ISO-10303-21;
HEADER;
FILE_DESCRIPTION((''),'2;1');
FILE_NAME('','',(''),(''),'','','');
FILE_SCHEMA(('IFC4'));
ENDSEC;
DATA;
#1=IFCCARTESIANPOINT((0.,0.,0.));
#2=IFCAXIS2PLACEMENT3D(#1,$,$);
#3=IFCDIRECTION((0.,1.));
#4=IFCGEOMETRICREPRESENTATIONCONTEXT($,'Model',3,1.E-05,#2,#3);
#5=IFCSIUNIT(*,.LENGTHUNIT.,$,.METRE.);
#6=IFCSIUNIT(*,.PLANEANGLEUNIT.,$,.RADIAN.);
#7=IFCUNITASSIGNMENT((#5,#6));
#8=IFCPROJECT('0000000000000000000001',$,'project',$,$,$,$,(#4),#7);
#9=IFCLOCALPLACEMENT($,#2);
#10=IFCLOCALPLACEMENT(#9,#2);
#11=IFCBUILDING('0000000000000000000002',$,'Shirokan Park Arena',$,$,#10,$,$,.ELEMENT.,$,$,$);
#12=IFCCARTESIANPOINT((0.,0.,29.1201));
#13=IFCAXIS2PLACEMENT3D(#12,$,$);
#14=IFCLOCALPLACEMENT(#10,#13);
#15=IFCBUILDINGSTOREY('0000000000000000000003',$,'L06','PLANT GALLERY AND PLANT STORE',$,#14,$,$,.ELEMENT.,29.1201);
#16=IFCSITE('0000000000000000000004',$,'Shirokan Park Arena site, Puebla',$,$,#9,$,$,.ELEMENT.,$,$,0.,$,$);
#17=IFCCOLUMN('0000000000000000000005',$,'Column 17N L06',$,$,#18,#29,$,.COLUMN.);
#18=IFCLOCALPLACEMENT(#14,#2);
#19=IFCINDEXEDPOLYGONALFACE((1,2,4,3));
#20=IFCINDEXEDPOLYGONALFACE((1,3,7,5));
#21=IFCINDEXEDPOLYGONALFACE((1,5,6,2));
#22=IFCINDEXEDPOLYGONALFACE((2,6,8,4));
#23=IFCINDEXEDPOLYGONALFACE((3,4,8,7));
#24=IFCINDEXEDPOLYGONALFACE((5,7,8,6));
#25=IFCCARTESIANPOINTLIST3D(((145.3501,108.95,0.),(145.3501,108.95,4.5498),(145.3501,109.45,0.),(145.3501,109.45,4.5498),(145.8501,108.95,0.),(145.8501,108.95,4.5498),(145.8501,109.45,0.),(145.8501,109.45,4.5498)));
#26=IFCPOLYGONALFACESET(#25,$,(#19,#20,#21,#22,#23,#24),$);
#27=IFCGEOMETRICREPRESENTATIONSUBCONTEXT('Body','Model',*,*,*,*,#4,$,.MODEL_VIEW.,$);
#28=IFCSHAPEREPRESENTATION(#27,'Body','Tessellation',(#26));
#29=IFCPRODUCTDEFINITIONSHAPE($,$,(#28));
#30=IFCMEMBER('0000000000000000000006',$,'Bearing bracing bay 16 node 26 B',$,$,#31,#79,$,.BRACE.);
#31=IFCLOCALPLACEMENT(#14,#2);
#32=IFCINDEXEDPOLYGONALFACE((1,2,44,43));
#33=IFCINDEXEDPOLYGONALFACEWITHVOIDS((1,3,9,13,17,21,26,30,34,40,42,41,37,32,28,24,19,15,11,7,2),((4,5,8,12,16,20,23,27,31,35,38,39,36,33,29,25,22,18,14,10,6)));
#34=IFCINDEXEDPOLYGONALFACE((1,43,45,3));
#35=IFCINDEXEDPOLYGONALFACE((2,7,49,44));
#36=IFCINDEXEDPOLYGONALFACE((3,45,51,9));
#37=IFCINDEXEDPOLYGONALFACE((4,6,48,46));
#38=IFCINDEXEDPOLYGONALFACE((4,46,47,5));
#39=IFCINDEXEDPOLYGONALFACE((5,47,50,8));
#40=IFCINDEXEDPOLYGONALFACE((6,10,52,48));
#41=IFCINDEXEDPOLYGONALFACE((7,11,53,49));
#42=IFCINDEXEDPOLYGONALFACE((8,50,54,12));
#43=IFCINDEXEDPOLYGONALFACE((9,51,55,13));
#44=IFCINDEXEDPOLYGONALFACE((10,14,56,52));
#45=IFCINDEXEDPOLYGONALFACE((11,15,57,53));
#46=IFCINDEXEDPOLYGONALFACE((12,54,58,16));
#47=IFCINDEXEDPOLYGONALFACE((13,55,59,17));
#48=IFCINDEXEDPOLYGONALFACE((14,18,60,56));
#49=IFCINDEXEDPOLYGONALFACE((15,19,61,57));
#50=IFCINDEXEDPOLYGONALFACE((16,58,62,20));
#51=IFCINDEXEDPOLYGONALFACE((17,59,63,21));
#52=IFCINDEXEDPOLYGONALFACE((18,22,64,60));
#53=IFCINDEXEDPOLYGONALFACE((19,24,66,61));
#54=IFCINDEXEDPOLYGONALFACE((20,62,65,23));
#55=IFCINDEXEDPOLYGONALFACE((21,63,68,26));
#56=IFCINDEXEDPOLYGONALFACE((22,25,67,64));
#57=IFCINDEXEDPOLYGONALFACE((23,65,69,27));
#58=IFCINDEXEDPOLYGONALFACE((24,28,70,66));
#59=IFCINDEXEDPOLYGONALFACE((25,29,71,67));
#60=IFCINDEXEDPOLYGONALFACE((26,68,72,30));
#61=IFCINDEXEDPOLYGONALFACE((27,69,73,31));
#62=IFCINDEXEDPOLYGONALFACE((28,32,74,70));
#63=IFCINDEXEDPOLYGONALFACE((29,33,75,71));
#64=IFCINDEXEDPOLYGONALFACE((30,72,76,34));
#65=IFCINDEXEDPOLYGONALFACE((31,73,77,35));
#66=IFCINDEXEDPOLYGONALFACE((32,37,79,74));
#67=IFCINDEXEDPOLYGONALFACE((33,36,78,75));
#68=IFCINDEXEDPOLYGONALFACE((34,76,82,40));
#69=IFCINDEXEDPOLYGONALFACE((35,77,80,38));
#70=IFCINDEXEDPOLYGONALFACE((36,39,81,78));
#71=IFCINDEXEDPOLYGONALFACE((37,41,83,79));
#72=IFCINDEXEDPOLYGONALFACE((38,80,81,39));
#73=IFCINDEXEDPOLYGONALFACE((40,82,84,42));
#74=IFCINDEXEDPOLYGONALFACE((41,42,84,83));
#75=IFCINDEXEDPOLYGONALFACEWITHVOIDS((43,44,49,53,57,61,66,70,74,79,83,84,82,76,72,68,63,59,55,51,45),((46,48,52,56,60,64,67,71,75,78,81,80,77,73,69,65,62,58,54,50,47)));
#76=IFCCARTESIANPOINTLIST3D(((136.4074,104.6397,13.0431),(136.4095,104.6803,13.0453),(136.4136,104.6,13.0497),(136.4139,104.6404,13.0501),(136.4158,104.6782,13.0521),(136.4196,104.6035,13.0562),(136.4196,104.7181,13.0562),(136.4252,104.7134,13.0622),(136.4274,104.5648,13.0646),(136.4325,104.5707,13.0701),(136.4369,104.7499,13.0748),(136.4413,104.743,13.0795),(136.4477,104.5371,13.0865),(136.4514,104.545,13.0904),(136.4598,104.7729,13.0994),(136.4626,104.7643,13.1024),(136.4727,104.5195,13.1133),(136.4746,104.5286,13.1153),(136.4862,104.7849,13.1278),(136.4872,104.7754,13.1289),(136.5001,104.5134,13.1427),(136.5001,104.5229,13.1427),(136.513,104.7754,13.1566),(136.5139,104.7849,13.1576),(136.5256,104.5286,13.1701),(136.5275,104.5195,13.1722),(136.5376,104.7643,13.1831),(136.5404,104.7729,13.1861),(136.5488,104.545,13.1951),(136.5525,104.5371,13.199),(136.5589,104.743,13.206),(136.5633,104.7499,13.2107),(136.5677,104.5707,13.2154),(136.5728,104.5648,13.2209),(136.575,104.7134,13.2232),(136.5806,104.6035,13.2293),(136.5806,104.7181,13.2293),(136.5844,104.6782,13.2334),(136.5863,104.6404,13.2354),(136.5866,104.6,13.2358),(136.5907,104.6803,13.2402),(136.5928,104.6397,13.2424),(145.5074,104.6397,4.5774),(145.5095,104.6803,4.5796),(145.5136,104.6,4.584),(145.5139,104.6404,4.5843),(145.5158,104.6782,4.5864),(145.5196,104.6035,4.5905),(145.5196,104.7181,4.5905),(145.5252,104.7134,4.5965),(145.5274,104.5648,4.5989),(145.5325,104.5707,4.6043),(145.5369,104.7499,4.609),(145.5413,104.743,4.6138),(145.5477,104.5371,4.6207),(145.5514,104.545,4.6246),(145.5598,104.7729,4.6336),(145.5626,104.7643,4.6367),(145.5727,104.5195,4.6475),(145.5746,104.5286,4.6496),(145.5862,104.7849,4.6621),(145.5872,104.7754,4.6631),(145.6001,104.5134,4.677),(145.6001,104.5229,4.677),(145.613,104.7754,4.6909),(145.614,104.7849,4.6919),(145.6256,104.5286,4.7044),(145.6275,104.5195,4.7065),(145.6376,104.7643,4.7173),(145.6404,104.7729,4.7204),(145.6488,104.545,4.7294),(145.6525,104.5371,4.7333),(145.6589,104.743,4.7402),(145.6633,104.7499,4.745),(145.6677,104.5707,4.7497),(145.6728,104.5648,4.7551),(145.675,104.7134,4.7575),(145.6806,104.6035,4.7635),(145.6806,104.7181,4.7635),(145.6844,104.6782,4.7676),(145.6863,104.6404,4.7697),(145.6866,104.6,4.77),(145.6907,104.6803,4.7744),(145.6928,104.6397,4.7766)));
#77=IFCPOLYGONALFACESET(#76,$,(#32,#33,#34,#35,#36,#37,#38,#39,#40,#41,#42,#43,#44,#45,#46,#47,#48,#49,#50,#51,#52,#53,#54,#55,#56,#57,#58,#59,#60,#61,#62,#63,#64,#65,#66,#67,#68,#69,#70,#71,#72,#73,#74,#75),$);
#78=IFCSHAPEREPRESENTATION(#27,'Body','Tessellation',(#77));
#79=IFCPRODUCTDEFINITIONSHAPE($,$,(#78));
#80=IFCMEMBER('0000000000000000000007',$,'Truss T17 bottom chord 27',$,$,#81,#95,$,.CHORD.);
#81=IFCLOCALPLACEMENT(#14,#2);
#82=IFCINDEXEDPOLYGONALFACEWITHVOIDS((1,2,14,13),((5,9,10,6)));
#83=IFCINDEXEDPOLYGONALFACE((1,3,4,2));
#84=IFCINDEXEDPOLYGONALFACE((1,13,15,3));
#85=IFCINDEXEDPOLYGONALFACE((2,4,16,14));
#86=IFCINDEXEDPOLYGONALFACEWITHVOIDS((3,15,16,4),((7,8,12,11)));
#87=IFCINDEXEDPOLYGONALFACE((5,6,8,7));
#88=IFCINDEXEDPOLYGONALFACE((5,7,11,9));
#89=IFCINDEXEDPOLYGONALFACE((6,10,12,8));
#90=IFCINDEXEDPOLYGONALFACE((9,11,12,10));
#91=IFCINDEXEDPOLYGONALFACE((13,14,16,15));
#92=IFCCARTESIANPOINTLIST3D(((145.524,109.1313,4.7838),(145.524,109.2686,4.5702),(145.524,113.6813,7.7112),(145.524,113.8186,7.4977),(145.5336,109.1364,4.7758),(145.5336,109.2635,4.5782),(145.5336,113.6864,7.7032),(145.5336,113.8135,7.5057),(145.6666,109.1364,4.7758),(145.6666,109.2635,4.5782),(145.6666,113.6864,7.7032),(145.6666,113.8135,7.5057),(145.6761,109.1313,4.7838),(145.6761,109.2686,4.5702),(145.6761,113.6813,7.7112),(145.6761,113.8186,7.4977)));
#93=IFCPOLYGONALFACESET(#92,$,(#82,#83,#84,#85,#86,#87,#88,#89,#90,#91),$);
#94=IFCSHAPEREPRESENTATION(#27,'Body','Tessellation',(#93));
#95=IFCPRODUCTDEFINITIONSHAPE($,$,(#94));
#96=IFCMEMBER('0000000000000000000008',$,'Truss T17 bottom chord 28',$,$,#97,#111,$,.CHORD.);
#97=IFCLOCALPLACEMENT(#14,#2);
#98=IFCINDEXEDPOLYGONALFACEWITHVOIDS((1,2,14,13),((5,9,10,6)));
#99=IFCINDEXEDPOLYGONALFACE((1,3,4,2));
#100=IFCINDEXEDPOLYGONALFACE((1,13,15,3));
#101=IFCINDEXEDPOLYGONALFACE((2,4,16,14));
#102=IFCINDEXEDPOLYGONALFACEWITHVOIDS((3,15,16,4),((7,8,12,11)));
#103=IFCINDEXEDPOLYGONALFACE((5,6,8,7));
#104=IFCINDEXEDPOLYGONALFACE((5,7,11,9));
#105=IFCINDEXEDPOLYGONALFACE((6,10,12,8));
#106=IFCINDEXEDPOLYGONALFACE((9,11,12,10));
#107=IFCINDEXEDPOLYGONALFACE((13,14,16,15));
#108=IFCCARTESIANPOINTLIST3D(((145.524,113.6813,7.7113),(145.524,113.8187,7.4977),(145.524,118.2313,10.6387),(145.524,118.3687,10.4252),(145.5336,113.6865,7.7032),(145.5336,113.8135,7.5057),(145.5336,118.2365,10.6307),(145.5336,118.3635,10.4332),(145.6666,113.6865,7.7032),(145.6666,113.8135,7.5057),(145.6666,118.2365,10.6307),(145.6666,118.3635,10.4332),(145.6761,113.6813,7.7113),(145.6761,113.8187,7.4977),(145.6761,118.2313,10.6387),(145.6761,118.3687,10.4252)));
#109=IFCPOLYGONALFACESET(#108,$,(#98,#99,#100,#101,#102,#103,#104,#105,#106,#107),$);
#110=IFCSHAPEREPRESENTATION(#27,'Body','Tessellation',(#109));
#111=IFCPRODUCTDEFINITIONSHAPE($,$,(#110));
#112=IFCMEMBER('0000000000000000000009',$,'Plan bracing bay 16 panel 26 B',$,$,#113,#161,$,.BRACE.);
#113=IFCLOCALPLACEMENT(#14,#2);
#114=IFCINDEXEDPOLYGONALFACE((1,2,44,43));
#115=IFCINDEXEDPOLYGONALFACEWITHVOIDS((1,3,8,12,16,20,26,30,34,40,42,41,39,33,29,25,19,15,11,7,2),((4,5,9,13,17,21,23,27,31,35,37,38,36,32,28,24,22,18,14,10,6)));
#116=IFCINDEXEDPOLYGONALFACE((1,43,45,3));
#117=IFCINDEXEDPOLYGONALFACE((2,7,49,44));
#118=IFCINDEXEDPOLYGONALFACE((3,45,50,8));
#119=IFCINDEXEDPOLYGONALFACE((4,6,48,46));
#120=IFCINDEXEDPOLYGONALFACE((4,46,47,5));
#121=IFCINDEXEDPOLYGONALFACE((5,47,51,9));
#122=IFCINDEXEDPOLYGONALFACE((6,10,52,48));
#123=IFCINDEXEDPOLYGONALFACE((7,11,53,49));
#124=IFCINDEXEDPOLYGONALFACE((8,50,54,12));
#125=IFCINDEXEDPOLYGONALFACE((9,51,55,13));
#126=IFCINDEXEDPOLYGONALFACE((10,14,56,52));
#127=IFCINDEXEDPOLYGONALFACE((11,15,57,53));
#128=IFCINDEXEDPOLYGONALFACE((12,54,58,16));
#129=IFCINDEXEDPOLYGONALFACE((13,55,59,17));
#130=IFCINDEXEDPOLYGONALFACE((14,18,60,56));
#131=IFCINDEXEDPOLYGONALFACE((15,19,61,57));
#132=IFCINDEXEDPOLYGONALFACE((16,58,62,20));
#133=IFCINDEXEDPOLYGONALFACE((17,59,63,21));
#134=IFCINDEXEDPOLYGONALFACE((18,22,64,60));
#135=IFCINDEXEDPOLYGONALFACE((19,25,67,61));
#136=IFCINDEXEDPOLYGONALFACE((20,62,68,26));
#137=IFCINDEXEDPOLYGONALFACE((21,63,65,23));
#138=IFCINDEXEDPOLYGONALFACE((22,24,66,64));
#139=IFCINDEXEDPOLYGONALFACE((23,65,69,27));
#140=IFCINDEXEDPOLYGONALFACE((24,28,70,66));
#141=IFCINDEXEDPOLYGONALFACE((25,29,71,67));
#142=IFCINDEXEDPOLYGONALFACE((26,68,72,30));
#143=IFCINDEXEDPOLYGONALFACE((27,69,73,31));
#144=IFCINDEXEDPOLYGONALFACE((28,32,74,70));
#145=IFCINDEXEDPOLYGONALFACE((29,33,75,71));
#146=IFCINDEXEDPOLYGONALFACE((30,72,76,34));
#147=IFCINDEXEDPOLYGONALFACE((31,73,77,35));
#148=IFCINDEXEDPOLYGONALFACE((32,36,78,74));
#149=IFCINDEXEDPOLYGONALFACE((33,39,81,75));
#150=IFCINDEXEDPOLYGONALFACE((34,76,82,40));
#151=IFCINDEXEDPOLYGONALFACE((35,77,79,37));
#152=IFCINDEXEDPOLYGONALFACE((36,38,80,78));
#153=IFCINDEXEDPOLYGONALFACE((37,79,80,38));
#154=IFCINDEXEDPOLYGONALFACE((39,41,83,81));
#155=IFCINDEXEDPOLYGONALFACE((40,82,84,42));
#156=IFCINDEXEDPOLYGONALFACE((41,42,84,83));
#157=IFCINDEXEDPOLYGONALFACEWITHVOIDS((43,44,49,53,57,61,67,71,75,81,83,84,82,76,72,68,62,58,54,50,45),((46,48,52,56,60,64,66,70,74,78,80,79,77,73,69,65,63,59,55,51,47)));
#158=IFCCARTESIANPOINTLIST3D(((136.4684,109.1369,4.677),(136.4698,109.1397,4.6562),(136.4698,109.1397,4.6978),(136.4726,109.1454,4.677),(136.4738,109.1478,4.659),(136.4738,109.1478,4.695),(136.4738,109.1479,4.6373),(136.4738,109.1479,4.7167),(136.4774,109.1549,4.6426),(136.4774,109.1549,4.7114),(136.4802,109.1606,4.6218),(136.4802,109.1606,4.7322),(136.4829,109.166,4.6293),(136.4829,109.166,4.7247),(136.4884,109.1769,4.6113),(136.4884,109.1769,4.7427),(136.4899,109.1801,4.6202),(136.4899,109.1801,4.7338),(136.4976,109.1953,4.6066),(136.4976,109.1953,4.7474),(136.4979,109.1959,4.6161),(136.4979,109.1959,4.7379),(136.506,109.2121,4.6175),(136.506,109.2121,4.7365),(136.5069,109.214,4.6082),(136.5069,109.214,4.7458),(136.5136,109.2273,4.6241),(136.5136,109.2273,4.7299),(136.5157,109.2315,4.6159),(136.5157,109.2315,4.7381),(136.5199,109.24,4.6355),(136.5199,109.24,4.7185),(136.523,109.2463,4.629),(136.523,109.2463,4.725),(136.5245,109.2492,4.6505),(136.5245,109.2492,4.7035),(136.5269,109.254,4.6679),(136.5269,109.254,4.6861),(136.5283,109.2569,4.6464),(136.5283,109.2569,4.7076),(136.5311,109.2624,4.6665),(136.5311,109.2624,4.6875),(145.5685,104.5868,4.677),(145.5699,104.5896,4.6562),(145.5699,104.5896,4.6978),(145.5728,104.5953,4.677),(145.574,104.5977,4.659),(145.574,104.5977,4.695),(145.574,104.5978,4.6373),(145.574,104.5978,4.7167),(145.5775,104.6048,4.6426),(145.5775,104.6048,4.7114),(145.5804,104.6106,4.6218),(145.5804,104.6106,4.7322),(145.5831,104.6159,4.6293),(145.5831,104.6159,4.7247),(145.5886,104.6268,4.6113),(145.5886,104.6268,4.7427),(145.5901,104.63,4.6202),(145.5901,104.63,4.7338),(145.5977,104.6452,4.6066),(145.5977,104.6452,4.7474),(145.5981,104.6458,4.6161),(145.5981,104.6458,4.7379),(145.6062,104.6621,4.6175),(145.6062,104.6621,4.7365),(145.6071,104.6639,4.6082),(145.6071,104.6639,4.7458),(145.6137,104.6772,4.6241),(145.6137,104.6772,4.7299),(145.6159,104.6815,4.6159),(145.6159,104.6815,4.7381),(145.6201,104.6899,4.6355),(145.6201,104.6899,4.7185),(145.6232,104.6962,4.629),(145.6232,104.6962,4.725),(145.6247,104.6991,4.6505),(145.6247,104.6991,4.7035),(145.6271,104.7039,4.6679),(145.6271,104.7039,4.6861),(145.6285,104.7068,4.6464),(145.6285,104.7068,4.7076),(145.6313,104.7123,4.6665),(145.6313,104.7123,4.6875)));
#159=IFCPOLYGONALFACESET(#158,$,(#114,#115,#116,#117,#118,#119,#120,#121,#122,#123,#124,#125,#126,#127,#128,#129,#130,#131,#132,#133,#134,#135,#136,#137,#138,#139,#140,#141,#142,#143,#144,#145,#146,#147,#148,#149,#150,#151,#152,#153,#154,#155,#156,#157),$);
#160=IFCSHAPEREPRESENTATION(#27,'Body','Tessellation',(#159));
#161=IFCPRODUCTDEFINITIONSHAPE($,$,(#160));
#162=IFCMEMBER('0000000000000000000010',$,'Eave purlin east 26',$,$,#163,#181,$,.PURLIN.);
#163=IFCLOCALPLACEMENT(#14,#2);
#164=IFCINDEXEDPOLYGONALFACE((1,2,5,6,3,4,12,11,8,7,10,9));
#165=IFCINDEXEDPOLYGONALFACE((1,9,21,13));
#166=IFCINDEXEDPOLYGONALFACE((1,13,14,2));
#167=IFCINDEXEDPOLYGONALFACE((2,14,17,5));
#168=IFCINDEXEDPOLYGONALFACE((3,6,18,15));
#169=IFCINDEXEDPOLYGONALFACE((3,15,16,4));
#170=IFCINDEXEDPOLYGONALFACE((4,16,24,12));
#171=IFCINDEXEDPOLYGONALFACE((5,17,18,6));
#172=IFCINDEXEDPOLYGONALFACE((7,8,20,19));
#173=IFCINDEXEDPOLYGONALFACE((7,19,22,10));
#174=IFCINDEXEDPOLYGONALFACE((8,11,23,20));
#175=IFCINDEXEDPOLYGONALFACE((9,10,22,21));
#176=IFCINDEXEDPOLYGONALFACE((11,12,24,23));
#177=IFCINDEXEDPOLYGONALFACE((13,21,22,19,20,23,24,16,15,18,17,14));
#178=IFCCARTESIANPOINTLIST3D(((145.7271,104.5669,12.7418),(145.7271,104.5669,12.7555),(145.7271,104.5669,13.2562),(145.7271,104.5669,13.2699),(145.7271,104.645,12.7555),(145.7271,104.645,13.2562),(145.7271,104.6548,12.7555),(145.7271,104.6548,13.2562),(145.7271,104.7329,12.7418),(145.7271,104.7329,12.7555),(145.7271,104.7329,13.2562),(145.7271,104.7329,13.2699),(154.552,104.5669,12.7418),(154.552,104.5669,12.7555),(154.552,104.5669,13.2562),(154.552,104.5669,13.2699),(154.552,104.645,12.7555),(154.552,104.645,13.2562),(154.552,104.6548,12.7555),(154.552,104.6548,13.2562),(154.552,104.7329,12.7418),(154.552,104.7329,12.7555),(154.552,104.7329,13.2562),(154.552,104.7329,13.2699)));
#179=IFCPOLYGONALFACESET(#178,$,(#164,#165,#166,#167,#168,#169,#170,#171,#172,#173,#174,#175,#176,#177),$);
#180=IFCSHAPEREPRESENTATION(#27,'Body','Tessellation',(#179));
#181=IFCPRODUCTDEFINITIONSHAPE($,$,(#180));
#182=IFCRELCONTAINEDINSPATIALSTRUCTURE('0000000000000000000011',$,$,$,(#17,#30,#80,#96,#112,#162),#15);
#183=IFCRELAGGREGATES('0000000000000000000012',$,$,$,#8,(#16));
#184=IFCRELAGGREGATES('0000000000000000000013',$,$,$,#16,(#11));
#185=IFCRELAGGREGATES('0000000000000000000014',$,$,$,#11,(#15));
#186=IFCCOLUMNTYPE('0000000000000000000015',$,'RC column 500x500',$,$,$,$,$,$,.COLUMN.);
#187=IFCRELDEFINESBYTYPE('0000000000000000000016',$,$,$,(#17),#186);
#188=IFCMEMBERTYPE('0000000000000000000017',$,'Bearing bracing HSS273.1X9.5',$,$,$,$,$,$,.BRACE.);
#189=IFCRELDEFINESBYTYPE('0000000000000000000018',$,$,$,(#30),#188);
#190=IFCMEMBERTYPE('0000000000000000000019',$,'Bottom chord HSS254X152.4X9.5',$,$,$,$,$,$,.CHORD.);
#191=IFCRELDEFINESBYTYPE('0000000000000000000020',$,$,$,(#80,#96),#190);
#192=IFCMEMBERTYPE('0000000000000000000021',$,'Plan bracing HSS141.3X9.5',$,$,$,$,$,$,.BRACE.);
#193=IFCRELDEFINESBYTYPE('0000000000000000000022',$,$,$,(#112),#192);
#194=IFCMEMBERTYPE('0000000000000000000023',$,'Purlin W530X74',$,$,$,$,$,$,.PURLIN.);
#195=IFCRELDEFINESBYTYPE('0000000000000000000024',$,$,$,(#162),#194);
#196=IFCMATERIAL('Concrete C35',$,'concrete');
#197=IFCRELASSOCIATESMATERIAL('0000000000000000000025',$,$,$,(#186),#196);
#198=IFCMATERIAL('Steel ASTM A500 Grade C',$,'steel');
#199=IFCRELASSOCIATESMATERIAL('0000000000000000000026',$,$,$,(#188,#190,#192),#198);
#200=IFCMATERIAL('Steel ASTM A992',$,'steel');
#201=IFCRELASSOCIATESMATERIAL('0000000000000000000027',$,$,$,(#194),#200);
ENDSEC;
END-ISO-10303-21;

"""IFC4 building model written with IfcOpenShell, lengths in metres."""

from ifc_helpers import new_model, si_unit, direction, frame, origin, origin_2d, place, context, subcontext, project, spatial, rectangle, hollow_rectangle, hollow_circle, i_section, extrude, material, material_profile, profile_set, type_object, element, save


model = new_model("IFC4")

# Units and contexts
model_context = context("Model", 3, precision=1e-05, world=origin(), true_north=direction((0.0, 1.0)))
body_context = subcontext(model_context, "Body", "Model", "MODEL_VIEW")
ifc_project = project(units=[si_unit("LENGTHUNIT", "METRE"), si_unit("PLANEANGLEUNIT", "RADIAN")], contexts=[model_context])

# Site, building, storey
site_placement = place(None, origin())
site = spatial("IfcSite", under=ifc_project, at=site_placement, Name="Shirokan Park Arena site, Puebla", CompositionType="ELEMENT", RefElevation=0.0)
building_placement = place(site_placement, origin())
building = spatial("IfcBuilding", under=site, at=building_placement, Name="Shirokan Park Arena", CompositionType="ELEMENT")
storey_placement = place(building_placement, frame((0.0, 0.0, 29.1201)))
storey = spatial("IfcBuildingStorey", under=building, at=storey_placement, Name="L06", Description="PLANT GALLERY AND PLANT STORE", CompositionType="ELEMENT", Elevation=29.1201)

# Column
ifc_material_1 = material(Name="Concrete C35", Category="concrete")
ifc_material_profile_1 = material_profile(ifc_material_1, rectangle(XDim=0.5, YDim=0.5, at=origin_2d()), Name="500x500")
ifc_profile_set_1 = profile_set([ifc_material_profile_1], Name="Concrete C35")
column_type = type_object("IfcColumnType", Name="RC column 500x500", PredefinedType="COLUMN", material=ifc_profile_set_1)
column_placement = place(storey_placement, frame((145.6001, 109.2, 0.0), z_axis=(0.0, 0.0, 1.0), x_axis=(1.0, 0.0, 0.0)))
element("IfcColumn", 1, at=column_placement, inside=storey, type_object=column_type, Name="Column 17N L06", PredefinedType="COLUMN", context=body_context, shape_type="SweptSolid", body=[
    extrude(rectangle(XDim=0.5, YDim=0.5, at=origin_2d()), origin(), (0.0, 0.0, 1.0), 4.5498),
])

# Members
ifc_material_2 = material(Name="Steel ASTM A500 Grade C", Category="steel")
ifc_material_profile_2 = material_profile(ifc_material_2, hollow_circle(Radius=0.1365, WallThickness=0.0095, at=origin_2d()), Name="HSS273.1X9.5")
ifc_profile_set_2 = profile_set([ifc_material_profile_2], Name="Steel ASTM A500 Grade C")
member_type_1 = type_object("IfcMemberType", Name="Bearing bracing HSS273.1X9.5", PredefinedType="BRACE", material=ifc_profile_set_2)
member_1_placement = place(storey_placement, frame((145.6001, 104.6499, 4.677), z_axis=(-0.732162, 0.0, 0.68113), x_axis=(0.0, -1.0, 0.0)))
element("IfcMember", 2, at=member_1_placement, inside=storey, type_object=member_type_1, Name="Bearing bracing bay 16 node 26 B", PredefinedType="BRACE", context=body_context, shape_type="SweptSolid", body=[
    extrude(hollow_circle(Radius=0.1365, WallThickness=0.0095, at=origin_2d()), origin(), (0.0, 0.0, 1.0), 12.429),
])
ifc_material_profile_3 = material_profile(ifc_material_2, hollow_rectangle(XDim=0.1521, YDim=0.2539, WallThickness=0.0095, at=origin_2d()), Name="HSS254X152.4X9.5")
ifc_profile_set_3 = profile_set([ifc_material_profile_3], Name="Steel ASTM A500 Grade C")
member_type_2 = type_object("IfcMemberType", Name="Bottom chord HSS254X152.4X9.5", PredefinedType="CHORD", material=ifc_profile_set_3)
for number, where, z_axis, x_axis, name in (
    (3, (145.6001, 109.2, 4.677), (0.0, 0.840972, 0.541079), (-1.0, 0.0, 0.0), "Truss T17 bottom chord 27"),
    (4, (145.6001, 113.75, 7.6045), (0.0, 0.840972, 0.541079), (-1.0, 0.0, 0.0), "Truss T17 bottom chord 28"),
):
    element("IfcMember", number, at=place(storey_placement, frame(where, z_axis=z_axis, x_axis=x_axis)), inside=storey, type_object=member_type_2, Name=name, PredefinedType="CHORD", context=body_context, shape_type="SweptSolid", body=[
        extrude(hollow_rectangle(XDim=0.1521, YDim=0.2539, WallThickness=0.0095, at=origin_2d()), origin(), (0.0, 0.0, 1.0), 5.4104),
    ])
ifc_material_profile_4 = material_profile(ifc_material_2, hollow_circle(Radius=0.0706, WallThickness=0.0095, at=origin_2d()), Name="HSS141.3X9.5")
ifc_profile_set_4 = profile_set([ifc_material_profile_4], Name="Steel ASTM A500 Grade C")
member_type_3 = type_object("IfcMemberType", Name="Plan bracing HSS141.3X9.5", PredefinedType="BRACE", material=ifc_profile_set_4)
member_2_placement = place(storey_placement, frame((145.6001, 104.6499, 4.677), z_axis=(-0.894427, 0.447214, 0.0), x_axis=(-0.447214, -0.894427, 0.0)))
element("IfcMember", 5, at=member_2_placement, inside=storey, type_object=member_type_3, Name="Plan bracing bay 16 panel 26 B", PredefinedType="BRACE", context=body_context, shape_type="SweptSolid", body=[
    extrude(hollow_circle(Radius=0.0706, WallThickness=0.0095, at=origin_2d()), origin(), (0.0, 0.0, 1.0), 10.1743),
])
ifc_material_3 = material(Name="Steel ASTM A992", Category="steel")
ifc_material_profile_5 = material_profile(ifc_material_3, i_section(OverallWidth=0.166, OverallDepth=0.5281, WebThickness=0.0098, FlangeThickness=0.0137, at=origin_2d()), Name="W530X74")
ifc_profile_set_5 = profile_set([ifc_material_profile_5], Name="Steel ASTM A992")
member_type_4 = type_object("IfcMemberType", Name="Purlin W530X74", PredefinedType="PURLIN", material=ifc_profile_set_5)
for number, where, z_axis, x_axis, name in (
    (6, (145.7271, 104.6499, 13.0059), (1.0, 0.0, 0.0), (0.0, 1.0, 0.0), "Eave purlin east 26"),
):
    element("IfcMember", number, at=place(storey_placement, frame(where, z_axis=z_axis, x_axis=x_axis)), inside=storey, type_object=member_type_4, Name=name, PredefinedType="PURLIN", context=body_context, shape_type="SweptSolid", body=[
        extrude(i_section(OverallWidth=0.166, OverallDepth=0.5281, WebThickness=0.0098, FlangeThickness=0.0137, at=origin_2d()), origin(), (0.0, 0.0, 1.0), 8.825),
    ])

save(model, "model.ifc")
